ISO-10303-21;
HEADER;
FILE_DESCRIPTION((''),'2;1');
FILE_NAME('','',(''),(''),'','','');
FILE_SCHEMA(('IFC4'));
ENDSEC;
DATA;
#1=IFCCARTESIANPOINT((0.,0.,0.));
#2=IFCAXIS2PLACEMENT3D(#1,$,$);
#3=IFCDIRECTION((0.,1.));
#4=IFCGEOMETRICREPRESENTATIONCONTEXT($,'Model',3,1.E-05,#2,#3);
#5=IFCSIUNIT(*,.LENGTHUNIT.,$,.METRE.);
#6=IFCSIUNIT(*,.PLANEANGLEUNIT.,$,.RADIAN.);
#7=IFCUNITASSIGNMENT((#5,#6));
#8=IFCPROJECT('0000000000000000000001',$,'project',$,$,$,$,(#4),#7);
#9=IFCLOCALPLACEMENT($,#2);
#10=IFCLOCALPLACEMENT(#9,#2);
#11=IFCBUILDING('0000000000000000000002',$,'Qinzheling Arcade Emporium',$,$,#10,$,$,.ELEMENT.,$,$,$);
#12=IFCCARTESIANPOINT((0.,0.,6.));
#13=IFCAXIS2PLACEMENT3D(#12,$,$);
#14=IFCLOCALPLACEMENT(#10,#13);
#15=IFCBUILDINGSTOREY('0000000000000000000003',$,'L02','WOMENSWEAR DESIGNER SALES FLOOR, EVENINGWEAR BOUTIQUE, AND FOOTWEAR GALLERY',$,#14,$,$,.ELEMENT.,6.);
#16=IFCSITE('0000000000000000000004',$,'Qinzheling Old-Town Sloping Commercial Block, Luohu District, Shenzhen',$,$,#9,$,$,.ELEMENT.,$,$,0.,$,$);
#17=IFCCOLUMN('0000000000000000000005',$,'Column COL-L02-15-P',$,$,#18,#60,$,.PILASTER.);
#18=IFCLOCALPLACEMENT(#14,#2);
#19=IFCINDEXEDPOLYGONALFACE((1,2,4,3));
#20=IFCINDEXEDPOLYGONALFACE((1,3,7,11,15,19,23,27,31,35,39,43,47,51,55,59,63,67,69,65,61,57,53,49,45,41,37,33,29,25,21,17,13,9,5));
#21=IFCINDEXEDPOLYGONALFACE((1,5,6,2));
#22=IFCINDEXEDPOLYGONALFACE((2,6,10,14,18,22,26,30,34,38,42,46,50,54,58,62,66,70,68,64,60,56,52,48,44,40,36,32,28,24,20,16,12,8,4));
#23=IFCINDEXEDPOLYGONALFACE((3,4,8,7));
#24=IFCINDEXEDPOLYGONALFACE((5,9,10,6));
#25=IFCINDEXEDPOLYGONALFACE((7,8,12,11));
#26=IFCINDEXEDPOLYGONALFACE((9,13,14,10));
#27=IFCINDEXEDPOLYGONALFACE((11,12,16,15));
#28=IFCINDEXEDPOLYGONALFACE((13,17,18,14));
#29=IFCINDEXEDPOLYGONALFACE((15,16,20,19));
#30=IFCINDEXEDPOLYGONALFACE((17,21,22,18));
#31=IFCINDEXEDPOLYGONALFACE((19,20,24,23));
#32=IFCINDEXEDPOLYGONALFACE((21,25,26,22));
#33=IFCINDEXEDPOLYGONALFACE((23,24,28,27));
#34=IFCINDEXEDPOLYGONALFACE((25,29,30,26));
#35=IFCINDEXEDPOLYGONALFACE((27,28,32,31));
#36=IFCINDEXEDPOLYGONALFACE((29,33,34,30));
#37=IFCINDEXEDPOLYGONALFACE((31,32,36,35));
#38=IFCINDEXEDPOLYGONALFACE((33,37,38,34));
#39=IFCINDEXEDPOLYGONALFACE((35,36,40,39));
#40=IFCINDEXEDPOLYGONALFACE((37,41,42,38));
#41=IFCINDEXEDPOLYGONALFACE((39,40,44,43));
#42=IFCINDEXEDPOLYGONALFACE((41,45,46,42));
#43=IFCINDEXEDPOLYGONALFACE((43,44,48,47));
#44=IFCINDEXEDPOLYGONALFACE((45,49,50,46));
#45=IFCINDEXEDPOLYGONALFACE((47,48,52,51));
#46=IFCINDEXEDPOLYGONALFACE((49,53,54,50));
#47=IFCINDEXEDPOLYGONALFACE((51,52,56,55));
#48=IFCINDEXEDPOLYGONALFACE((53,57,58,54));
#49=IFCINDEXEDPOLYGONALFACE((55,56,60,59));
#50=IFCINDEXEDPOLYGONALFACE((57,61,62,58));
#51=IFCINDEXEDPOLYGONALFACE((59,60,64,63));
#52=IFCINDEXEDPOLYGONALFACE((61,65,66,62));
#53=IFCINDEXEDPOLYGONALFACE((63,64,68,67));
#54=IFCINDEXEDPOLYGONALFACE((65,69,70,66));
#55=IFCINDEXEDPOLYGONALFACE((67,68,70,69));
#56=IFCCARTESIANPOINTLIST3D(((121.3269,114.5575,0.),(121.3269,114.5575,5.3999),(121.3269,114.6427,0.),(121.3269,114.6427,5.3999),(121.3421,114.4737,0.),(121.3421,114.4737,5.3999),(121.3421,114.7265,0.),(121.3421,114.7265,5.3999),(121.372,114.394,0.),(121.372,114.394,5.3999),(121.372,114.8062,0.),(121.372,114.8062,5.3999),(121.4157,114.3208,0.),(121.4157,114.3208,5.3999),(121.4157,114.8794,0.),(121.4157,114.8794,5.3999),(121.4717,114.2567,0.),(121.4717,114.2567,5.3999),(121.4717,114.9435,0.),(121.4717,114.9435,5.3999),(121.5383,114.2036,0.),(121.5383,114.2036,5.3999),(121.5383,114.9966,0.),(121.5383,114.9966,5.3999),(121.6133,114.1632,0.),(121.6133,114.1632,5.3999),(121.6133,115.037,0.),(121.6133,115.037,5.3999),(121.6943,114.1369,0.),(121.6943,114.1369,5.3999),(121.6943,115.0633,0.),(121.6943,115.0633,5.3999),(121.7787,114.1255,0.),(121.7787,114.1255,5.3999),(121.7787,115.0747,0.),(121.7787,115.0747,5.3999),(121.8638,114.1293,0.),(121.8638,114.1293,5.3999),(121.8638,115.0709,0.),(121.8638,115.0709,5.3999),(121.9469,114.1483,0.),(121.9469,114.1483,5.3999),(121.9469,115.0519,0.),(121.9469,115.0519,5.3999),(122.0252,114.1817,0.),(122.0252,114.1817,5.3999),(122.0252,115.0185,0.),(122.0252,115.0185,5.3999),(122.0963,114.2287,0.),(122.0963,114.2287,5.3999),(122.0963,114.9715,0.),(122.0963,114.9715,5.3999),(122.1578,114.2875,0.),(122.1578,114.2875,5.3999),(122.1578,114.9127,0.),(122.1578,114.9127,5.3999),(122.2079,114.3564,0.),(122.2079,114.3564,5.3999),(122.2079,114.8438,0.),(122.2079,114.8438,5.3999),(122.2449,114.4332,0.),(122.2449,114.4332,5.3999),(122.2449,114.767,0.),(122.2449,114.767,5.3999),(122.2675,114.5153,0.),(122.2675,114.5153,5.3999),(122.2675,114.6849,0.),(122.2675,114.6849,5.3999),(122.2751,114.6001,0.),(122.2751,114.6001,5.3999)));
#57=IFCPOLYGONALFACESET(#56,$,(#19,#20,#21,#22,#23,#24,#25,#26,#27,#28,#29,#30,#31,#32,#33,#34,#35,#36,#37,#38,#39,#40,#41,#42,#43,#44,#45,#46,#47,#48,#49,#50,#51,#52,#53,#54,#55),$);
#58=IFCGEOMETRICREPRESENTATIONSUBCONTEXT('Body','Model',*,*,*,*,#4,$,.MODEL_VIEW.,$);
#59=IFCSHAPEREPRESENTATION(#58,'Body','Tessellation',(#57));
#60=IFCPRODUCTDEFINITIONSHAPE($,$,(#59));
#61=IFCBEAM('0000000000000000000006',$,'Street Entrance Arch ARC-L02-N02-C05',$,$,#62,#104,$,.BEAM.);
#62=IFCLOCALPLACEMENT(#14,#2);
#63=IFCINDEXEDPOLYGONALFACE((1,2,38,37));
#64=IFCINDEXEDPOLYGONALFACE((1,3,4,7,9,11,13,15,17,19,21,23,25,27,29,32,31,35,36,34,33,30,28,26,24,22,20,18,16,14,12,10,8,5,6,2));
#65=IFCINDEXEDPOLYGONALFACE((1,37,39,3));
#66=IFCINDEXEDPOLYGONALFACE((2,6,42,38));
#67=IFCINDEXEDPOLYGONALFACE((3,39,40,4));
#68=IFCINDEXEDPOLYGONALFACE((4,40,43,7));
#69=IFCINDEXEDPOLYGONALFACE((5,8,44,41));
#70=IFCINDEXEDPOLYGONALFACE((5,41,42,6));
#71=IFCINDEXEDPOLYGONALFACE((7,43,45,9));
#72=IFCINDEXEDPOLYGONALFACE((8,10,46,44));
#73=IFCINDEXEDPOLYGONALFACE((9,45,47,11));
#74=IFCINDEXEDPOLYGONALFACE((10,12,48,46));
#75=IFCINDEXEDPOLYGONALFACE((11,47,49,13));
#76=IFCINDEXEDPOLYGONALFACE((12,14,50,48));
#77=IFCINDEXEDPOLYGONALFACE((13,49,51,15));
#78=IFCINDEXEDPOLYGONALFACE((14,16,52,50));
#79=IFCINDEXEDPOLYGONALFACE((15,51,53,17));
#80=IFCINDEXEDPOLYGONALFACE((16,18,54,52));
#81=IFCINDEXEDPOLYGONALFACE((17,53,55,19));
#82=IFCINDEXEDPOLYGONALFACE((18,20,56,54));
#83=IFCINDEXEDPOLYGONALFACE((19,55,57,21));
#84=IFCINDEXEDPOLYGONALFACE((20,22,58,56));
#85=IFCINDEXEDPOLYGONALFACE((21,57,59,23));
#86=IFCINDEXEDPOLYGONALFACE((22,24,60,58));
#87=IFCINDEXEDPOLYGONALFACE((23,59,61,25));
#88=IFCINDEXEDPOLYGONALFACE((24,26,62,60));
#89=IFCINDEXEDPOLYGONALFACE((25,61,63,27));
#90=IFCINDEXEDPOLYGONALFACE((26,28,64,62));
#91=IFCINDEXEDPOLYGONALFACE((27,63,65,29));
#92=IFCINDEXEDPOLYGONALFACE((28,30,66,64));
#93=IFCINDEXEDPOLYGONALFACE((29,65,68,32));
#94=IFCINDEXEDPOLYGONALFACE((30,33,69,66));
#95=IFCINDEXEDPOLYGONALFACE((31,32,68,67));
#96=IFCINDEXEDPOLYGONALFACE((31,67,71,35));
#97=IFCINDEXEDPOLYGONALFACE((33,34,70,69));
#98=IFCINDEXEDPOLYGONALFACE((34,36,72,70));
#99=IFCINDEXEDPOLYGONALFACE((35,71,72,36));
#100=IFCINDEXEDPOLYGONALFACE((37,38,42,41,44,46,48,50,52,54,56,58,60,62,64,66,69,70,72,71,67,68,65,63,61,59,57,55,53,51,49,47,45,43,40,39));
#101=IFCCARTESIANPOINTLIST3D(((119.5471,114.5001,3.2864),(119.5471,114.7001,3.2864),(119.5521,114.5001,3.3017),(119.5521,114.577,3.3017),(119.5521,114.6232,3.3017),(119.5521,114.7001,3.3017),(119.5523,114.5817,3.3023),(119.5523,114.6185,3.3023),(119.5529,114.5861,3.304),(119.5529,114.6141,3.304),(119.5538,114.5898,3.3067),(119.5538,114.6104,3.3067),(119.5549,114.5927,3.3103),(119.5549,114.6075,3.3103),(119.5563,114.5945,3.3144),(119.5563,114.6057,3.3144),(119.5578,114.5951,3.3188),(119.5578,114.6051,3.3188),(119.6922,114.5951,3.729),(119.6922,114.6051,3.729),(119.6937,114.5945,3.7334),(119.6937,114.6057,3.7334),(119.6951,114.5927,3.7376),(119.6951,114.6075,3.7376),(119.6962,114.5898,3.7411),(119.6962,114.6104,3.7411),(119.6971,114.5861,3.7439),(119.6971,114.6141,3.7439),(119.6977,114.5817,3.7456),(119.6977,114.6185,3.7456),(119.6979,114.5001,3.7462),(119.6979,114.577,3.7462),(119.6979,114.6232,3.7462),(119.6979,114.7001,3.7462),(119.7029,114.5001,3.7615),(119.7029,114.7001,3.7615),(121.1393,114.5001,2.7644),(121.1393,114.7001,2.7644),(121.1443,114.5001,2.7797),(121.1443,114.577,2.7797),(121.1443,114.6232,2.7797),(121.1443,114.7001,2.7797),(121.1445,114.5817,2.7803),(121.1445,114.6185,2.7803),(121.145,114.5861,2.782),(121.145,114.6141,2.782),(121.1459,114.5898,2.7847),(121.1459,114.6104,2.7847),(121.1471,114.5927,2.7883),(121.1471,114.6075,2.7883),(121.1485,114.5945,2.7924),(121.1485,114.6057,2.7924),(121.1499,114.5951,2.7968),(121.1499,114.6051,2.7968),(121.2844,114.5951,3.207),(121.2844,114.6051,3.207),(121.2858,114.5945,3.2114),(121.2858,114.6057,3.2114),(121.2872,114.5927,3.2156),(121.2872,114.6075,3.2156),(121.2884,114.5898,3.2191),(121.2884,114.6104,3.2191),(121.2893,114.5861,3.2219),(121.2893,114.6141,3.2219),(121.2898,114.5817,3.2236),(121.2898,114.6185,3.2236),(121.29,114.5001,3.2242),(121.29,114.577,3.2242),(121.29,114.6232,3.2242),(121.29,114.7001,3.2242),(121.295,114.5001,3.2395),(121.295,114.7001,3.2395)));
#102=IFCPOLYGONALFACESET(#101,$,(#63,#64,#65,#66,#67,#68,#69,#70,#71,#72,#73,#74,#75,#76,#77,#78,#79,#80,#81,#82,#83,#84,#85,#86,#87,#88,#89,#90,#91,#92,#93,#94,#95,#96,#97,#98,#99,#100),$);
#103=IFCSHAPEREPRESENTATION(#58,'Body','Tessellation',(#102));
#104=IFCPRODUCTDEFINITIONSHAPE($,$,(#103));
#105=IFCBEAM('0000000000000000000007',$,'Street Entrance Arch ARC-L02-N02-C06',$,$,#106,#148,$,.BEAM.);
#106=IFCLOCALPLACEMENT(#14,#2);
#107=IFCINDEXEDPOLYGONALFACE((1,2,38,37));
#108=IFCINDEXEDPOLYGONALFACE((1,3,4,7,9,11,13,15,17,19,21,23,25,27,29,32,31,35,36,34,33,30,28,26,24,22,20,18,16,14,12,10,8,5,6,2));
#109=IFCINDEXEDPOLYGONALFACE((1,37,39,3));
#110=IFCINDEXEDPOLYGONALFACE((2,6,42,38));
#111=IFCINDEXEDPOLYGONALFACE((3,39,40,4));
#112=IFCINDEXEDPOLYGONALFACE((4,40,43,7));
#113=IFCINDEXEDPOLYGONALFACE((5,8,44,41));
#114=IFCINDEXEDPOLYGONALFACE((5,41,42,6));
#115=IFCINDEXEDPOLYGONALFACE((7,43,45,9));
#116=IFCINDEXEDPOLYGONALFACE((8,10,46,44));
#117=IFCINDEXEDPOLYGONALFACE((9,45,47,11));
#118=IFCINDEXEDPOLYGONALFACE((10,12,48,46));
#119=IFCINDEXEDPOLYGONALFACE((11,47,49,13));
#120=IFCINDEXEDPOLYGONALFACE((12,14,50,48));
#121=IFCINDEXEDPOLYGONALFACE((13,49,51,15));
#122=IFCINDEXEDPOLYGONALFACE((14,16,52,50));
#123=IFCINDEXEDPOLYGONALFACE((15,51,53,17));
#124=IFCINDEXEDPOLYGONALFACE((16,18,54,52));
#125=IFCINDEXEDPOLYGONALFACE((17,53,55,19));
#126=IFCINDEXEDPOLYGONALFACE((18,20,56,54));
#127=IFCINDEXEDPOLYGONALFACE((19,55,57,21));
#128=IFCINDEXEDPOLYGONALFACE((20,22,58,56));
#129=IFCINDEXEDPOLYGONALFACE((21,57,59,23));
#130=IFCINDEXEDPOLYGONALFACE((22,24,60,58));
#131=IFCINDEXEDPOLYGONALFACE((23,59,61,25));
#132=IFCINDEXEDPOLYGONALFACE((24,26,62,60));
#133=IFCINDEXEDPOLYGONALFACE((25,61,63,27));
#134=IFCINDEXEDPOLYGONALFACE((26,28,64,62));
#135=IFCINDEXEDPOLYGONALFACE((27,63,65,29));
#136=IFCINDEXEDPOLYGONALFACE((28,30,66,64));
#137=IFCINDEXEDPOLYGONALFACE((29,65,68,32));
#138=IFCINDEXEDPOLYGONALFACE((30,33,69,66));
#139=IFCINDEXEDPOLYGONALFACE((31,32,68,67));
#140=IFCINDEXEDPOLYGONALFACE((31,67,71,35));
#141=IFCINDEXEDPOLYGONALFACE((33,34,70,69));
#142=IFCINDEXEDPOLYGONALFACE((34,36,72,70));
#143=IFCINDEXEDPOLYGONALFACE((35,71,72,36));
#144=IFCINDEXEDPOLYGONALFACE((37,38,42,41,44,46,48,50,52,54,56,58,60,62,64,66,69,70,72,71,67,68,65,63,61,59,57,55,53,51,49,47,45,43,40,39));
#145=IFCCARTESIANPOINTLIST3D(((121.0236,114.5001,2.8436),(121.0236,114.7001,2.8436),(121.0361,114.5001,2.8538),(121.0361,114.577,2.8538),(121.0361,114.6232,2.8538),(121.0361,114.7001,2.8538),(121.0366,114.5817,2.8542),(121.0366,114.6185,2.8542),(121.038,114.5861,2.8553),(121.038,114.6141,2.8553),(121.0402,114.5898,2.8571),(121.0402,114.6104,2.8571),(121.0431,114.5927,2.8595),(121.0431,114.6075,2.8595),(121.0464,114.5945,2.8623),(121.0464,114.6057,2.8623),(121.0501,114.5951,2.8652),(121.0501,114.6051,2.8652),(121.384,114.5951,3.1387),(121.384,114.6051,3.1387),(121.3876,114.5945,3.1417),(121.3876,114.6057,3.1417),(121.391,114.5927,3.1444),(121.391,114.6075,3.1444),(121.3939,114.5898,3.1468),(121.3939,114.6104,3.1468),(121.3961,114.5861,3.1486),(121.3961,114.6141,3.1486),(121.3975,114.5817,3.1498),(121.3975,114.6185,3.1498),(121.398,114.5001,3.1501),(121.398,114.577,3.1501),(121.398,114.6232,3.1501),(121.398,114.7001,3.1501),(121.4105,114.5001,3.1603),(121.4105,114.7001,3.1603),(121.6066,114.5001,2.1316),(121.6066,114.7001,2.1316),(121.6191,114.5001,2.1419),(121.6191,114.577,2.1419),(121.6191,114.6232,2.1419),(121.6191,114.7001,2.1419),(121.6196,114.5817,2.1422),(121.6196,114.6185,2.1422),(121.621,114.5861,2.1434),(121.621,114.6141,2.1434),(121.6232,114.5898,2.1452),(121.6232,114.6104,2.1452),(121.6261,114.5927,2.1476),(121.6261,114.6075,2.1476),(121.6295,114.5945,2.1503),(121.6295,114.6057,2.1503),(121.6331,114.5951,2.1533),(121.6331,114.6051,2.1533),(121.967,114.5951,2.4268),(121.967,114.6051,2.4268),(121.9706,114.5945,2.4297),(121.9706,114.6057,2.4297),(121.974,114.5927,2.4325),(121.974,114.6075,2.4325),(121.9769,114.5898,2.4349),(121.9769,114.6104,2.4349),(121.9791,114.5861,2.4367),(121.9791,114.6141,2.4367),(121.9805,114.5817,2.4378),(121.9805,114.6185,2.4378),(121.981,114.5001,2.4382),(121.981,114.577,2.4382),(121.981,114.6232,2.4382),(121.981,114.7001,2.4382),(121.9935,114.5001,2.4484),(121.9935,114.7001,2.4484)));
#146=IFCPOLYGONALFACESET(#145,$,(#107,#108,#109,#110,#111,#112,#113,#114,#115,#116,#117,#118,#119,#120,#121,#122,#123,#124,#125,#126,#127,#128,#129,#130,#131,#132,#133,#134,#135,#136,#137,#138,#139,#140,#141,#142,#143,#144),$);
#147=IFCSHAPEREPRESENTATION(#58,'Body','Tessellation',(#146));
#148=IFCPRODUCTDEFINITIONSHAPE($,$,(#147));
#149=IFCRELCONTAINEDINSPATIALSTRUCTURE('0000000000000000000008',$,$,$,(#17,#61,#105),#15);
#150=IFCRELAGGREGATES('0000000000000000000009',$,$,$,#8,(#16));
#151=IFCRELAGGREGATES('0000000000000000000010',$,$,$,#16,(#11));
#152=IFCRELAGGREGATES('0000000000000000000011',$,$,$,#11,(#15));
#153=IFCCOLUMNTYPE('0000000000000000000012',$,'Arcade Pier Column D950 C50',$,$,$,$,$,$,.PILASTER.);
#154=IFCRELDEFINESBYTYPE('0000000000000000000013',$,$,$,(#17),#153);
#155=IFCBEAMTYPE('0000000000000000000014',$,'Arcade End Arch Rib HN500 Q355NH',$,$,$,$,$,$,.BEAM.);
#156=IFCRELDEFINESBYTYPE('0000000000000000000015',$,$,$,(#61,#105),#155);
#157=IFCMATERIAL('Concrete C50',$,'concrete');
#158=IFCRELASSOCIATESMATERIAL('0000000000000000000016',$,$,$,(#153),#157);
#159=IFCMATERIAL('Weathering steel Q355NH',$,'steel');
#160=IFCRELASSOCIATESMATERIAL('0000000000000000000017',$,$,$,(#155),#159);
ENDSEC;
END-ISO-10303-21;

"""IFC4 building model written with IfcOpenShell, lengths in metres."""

from ifc_helpers import new_model, si_unit, direction, frame, origin, origin_2d, place, context, subcontext, project, spatial, circle, i_section, extrude, material, material_profile, profile_set, type_object, element, save


model = new_model("IFC4")

# Units and contexts
model_context = context("Model", 3, precision=1e-05, world=origin(), true_north=direction((0.0, 1.0)))
body_context = subcontext(model_context, "Body", "Model", "MODEL_VIEW")
ifc_project = project(units=[si_unit("LENGTHUNIT", "METRE"), si_unit("PLANEANGLEUNIT", "RADIAN")], contexts=[model_context])

# Site, building, storey
site_placement = place(None, origin())
site = spatial("IfcSite", under=ifc_project, at=site_placement, Name="Qinzheling Old-Town Sloping Commercial Block, Luohu District, Shenzhen", CompositionType="ELEMENT", RefElevation=0.0)
building_placement = place(site_placement, origin())
building = spatial("IfcBuilding", under=site, at=building_placement, Name="Qinzheling Arcade Emporium", CompositionType="ELEMENT")
storey_placement = place(building_placement, frame((0.0, 0.0, 6.0)))
storey = spatial("IfcBuildingStorey", under=building, at=storey_placement, Name="L02", Description="WOMENSWEAR DESIGNER SALES FLOOR, EVENINGWEAR BOUTIQUE, AND FOOTWEAR GALLERY", CompositionType="ELEMENT", Elevation=6.0)

# Column
ifc_material_1 = material(Name="Concrete C50", Category="concrete")
ifc_material_profile_1 = material_profile(ifc_material_1, circle(Radius=0.4751, at=origin_2d()), Name="RC D950", Category="concrete")
ifc_profile_set_1 = profile_set([ifc_material_profile_1], Name="Concrete C50")
column_type = type_object("IfcColumnType", Name="Arcade Pier Column D950 C50", PredefinedType="PILASTER", material=ifc_profile_set_1)
column_placement = place(storey_placement, frame((121.8, 114.6001, 0.0), z_axis=(0.0, 0.0, 1.0), x_axis=(1.0, 0.0, 0.0)))
element("IfcColumn", 1, at=column_placement, inside=storey, type_object=column_type, Name="Column COL-L02-15-P", PredefinedType="PILASTER", context=body_context, shape_type="SweptSolid", body=[
    extrude(circle(Radius=0.4751, at=origin_2d()), origin(), (0.0, 0.0, 1.0), 5.3999),
])

# Beams
ifc_material_2 = material(Name="Weathering steel Q355NH", Category="steel")
ifc_material_profile_2 = material_profile(ifc_material_2, i_section(OverallWidth=0.2, OverallDepth=0.5, WebThickness=0.01, FlangeThickness=0.0161, FilletRadius=0.0181, at=origin_2d()), Name="HN 500x200x10x16", Category="steel")
ifc_profile_set_2 = profile_set([ifc_material_profile_2], Name="Weathering steel Q355NH")
beam_type = type_object("IfcBeamType", Name="Arcade End Arch Rib HN500 Q355NH", PredefinedType="BEAM", material=ifc_profile_set_2)
beam_1_placement = place(storey_placement, frame((119.625, 114.6001, 3.5239), z_axis=(0.950231, 0.0, -0.311546), x_axis=(0.0, 1.0, 0.0)))
element("IfcBeam", 2, at=beam_1_placement, inside=storey, type_object=beam_type, Name="Street Entrance Arch ARC-L02-N02-C05", PredefinedType="BEAM", context=body_context, shape_type="SweptSolid", body=[
    extrude(i_section(OverallWidth=0.2, OverallDepth=0.5, WebThickness=0.01, FlangeThickness=0.0161, FilletRadius=0.0181, at=origin_2d()), origin(), (0.0, 0.0, 1.0), 1.6755),
])
beam_2_placement = place(storey_placement, frame((121.217, 114.6001, 3.002), z_axis=(0.633584, 0.0, -0.773674), x_axis=(0.0, 1.0, 0.0)))
element("IfcBeam", 3, at=beam_2_placement, inside=storey, type_object=beam_type, Name="Street Entrance Arch ARC-L02-N02-C06", PredefinedType="BEAM", context=body_context, shape_type="SweptSolid", body=[
    extrude(i_section(OverallWidth=0.2, OverallDepth=0.5, WebThickness=0.01, FlangeThickness=0.0161, FilletRadius=0.0181, at=origin_2d()), origin(), (0.0, 0.0, 1.0), 0.9202),
])

save(model, "model.ifc")
